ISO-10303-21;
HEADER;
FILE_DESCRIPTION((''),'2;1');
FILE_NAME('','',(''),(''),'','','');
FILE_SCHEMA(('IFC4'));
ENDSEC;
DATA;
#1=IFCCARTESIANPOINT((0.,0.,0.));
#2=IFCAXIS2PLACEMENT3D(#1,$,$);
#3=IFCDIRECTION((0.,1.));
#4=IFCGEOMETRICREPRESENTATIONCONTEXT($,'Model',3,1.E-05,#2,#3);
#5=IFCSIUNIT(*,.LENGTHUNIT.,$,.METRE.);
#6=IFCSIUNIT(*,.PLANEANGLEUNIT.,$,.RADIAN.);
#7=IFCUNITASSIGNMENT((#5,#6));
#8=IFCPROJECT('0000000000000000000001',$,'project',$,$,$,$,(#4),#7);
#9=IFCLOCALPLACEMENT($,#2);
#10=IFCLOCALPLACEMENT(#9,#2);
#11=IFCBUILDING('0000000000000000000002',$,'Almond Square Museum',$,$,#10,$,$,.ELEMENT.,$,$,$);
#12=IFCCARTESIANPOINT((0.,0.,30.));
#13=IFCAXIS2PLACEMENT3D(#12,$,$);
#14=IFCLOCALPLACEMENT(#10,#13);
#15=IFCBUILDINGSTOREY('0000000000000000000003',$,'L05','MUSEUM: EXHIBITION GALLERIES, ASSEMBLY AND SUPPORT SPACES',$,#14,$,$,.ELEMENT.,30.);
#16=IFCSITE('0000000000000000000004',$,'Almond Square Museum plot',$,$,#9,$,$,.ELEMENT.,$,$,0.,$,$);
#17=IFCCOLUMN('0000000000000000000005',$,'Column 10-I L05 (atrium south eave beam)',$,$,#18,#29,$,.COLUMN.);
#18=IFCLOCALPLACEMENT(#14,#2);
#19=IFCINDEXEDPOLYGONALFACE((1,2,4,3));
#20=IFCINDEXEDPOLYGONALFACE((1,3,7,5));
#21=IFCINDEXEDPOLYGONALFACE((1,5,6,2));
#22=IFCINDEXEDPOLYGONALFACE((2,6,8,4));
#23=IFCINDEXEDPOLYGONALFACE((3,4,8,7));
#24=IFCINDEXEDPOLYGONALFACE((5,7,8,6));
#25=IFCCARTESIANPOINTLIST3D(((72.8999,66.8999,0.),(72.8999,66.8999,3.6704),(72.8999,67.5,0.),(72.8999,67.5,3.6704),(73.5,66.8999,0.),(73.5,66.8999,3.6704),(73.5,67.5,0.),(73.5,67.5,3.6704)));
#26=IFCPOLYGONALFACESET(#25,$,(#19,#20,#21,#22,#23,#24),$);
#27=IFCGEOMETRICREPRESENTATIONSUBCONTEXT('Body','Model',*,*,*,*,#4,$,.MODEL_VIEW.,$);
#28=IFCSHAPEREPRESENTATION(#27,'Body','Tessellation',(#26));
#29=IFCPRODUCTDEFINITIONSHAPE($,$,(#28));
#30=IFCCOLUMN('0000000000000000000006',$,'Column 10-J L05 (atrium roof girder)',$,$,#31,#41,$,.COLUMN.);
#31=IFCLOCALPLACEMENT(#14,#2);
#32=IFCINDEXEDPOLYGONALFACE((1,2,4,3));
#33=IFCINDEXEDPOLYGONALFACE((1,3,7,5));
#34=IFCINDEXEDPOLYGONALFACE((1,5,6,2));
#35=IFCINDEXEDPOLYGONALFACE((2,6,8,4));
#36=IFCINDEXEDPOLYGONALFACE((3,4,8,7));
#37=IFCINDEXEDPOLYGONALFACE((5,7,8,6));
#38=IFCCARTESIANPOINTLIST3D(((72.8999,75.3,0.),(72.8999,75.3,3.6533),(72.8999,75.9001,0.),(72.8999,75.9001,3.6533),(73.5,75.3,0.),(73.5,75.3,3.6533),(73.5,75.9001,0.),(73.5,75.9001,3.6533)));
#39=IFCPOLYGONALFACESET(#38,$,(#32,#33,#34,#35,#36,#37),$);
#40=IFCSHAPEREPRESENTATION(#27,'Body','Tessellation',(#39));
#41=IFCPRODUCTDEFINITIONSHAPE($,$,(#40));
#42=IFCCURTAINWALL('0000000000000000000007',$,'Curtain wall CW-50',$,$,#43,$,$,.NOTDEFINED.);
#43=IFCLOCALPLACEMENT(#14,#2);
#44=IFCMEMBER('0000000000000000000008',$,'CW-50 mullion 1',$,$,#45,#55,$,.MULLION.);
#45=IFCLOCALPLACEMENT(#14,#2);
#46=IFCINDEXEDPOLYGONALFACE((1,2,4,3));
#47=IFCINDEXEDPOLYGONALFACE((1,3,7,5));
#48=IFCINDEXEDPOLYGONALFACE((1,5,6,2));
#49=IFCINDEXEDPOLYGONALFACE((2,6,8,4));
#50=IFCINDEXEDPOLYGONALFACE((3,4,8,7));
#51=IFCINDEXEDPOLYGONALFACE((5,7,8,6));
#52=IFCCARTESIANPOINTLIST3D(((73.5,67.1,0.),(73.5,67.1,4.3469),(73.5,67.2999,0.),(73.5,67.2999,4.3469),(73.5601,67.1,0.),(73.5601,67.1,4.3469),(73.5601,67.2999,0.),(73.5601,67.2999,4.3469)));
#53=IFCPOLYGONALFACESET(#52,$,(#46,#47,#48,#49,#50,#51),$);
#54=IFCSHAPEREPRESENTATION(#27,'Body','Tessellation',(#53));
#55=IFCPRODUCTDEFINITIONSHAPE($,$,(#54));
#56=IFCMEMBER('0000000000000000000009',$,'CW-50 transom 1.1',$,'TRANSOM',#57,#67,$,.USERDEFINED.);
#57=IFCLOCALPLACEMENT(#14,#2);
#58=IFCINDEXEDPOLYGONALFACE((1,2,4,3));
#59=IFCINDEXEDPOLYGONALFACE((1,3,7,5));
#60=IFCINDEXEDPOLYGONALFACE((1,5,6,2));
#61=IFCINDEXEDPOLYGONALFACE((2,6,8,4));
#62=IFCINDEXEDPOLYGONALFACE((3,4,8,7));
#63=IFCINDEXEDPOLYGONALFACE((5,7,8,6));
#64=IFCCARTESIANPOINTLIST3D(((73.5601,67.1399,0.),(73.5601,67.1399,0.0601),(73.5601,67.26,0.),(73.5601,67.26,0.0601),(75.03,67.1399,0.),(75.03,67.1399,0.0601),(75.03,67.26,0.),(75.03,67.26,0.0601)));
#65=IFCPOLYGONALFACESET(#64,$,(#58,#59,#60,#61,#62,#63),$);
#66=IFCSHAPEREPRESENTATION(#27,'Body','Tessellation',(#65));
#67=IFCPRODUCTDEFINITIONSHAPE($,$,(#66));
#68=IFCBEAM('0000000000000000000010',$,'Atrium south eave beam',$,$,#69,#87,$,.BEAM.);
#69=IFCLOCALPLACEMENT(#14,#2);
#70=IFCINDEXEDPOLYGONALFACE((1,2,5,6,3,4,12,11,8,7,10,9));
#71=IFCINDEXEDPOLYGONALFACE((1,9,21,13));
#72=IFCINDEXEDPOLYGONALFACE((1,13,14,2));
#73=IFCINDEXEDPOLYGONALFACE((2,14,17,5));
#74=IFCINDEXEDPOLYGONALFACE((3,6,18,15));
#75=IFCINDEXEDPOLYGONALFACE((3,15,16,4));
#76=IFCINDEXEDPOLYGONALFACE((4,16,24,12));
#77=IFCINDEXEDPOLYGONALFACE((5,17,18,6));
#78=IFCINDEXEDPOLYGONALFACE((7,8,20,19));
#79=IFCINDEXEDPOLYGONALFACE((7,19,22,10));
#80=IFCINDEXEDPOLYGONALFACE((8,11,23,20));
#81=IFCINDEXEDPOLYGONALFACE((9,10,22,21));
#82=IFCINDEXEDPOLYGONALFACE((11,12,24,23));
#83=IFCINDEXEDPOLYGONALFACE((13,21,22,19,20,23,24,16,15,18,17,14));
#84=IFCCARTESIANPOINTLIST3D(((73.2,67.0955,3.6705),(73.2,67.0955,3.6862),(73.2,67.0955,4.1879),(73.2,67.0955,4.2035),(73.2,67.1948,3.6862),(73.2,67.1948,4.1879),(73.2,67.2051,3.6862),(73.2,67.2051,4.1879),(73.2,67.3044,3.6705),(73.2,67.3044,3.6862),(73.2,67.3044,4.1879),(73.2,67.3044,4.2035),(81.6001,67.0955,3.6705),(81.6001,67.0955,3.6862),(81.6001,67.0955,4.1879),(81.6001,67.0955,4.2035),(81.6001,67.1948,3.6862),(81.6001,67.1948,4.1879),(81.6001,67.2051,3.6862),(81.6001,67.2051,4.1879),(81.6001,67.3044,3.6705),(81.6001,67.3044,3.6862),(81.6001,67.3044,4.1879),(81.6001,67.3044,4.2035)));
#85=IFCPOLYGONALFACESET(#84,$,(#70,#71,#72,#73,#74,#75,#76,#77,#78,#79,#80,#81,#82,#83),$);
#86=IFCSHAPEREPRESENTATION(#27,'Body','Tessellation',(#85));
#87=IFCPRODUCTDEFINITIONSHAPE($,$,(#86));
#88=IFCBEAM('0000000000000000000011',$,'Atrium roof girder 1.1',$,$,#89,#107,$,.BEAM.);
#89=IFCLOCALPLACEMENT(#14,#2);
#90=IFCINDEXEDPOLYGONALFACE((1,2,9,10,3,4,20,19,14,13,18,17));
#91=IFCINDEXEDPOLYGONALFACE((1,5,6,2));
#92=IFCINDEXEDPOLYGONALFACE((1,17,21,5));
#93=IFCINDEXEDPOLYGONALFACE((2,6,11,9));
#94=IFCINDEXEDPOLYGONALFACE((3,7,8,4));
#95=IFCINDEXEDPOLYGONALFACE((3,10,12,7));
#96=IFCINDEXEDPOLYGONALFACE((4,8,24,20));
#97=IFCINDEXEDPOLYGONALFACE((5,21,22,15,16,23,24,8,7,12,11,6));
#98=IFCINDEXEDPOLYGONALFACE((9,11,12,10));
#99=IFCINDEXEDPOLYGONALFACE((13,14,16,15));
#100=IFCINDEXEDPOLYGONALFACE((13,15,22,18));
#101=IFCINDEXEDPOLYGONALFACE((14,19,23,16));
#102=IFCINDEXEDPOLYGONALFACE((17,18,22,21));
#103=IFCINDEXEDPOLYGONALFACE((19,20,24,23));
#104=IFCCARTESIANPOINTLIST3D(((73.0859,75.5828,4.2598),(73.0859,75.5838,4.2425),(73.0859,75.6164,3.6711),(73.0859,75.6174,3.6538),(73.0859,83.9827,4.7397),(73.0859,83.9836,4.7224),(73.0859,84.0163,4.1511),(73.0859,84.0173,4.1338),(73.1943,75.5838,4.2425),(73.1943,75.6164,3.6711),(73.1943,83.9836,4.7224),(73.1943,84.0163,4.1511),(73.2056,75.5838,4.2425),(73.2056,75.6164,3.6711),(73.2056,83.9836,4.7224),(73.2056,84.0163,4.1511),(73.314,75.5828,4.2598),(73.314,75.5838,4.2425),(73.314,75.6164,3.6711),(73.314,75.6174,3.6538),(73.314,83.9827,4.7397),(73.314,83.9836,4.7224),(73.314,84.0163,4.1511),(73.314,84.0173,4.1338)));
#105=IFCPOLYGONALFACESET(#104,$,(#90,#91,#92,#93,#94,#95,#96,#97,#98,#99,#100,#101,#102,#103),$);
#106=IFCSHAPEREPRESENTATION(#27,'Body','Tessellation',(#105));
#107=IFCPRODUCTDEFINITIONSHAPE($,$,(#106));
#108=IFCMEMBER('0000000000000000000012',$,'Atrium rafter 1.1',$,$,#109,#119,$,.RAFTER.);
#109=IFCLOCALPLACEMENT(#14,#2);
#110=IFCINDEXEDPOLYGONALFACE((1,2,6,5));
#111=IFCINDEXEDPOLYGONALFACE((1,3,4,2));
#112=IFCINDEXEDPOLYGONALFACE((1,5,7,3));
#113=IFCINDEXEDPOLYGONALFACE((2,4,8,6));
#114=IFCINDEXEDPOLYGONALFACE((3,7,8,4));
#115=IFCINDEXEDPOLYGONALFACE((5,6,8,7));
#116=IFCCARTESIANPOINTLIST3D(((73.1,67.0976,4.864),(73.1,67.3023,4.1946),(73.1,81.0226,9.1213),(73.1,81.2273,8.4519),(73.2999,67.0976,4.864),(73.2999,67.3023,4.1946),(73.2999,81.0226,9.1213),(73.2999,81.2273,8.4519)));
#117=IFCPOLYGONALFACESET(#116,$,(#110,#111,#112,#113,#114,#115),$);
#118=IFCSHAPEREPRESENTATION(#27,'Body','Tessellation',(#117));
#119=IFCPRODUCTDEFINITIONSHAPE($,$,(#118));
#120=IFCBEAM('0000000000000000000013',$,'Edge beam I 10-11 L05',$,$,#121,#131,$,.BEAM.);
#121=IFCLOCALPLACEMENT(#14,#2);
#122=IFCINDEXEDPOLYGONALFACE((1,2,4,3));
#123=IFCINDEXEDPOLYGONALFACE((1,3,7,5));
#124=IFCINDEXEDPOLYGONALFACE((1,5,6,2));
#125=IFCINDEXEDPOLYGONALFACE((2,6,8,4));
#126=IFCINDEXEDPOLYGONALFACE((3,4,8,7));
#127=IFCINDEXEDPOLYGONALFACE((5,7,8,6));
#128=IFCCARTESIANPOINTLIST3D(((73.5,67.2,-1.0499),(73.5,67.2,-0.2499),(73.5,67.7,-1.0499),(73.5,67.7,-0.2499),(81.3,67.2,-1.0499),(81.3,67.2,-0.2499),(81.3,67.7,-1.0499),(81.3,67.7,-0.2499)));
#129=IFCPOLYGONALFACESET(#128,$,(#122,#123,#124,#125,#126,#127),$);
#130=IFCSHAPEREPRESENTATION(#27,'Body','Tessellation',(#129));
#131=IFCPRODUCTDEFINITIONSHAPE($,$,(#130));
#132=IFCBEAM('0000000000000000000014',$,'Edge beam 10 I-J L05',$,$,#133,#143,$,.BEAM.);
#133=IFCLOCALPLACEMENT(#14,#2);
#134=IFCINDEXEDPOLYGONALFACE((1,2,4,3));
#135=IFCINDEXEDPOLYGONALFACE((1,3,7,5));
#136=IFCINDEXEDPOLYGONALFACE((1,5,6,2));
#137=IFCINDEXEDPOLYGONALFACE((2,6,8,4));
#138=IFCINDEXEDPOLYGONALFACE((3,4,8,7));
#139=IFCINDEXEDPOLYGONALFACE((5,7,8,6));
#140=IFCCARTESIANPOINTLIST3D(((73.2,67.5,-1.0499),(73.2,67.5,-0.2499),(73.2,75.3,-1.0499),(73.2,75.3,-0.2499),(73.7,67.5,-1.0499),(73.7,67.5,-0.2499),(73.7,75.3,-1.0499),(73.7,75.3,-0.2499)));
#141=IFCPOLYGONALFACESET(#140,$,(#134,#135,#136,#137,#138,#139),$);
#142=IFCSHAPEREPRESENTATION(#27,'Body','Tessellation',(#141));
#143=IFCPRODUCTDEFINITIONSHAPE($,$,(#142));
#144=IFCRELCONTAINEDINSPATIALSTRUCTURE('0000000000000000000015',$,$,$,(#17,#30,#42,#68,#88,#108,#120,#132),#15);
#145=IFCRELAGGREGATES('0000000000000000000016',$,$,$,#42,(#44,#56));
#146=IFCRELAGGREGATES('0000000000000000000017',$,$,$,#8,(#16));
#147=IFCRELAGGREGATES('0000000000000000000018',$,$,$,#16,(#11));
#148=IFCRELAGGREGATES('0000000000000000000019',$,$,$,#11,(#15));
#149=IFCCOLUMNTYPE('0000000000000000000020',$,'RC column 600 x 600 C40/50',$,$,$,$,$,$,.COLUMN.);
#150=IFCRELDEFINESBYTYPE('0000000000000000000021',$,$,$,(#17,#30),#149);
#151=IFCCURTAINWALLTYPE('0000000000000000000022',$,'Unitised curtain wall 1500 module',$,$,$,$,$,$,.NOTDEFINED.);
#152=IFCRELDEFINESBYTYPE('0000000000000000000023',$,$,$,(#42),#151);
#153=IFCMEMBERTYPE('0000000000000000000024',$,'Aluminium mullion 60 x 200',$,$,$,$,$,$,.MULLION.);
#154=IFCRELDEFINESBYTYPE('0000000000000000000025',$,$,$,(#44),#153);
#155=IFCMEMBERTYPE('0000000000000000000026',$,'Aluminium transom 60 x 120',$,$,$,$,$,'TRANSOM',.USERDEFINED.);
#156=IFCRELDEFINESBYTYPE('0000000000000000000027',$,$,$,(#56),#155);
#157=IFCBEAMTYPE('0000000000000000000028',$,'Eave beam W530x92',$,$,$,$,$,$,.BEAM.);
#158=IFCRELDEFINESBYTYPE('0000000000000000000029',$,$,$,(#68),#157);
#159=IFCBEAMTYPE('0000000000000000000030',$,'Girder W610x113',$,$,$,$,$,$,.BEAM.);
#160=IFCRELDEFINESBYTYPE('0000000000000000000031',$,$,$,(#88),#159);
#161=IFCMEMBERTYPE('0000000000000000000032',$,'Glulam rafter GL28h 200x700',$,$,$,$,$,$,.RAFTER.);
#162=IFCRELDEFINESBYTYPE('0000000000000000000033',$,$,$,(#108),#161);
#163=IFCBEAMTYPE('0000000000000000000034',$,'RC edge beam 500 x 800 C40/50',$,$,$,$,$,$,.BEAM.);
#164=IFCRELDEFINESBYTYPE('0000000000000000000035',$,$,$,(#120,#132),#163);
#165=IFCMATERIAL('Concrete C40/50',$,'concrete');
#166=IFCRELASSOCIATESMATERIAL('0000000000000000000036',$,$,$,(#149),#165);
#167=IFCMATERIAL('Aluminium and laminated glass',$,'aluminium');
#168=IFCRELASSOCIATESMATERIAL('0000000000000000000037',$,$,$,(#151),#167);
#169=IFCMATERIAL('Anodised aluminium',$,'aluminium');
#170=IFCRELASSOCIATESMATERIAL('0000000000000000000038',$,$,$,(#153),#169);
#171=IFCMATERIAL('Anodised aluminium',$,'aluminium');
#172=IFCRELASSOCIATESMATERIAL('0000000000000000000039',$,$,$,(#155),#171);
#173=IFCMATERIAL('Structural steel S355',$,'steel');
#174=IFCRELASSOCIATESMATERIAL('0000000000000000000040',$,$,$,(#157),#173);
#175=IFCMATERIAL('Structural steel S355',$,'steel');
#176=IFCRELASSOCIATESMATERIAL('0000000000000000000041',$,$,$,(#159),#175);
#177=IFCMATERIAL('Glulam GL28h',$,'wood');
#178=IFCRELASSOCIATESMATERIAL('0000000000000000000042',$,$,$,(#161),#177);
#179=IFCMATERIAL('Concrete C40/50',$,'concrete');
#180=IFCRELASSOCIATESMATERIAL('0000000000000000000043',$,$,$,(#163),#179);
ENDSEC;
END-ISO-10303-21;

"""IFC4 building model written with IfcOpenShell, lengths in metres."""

from ifc_helpers import new_model, si_unit, direction, frame, origin, origin_2d, place, context, subcontext, project, spatial, rectangle, i_section, extrude, material, material_profile, profile_set, type_object, element, aggregate, save


model = new_model("IFC4")

# Units and contexts
model_context = context("Model", 3, precision=1e-05, world=origin(), true_north=direction((0.0, 1.0)))
body_context = subcontext(model_context, "Body", "Model", "MODEL_VIEW")
ifc_project = project(units=[si_unit("LENGTHUNIT", "METRE"), si_unit("PLANEANGLEUNIT", "RADIAN")], contexts=[model_context])

# Site, building, storey
site_placement = place(None, origin())
site = spatial("IfcSite", under=ifc_project, at=site_placement, Name="Almond Square Museum plot", CompositionType="ELEMENT", RefElevation=0.0)
building_placement = place(site_placement, origin())
building = spatial("IfcBuilding", under=site, at=building_placement, Name="Almond Square Museum", CompositionType="ELEMENT")
storey_placement = place(building_placement, frame((0.0, 0.0, 30.0)))
storey = spatial("IfcBuildingStorey", under=building, at=storey_placement, Name="L05", Description="MUSEUM: EXHIBITION GALLERIES, ASSEMBLY AND SUPPORT SPACES", CompositionType="ELEMENT", Elevation=30.0)

# Columns
ifc_material_1 = material(Name="Concrete C40/50", Category="concrete")
ifc_material_profile_1 = material_profile(ifc_material_1, rectangle(XDim=0.6001, YDim=0.6001, at=origin_2d()))
ifc_profile_set_1 = profile_set([ifc_material_profile_1], Name="Concrete C40/50")
column_type = type_object("IfcColumnType", Name="RC column 600 x 600 C40/50", PredefinedType="COLUMN", material=ifc_profile_set_1)
column_1_placement = place(storey_placement, frame((73.2, 67.2, 0.0), z_axis=(0.0, 0.0, 1.0), x_axis=(1.0, 0.0, 0.0)))
element("IfcColumn", 1, at=column_1_placement, inside=storey, type_object=column_type, Name="Column 10-I L05 (atrium south eave beam)", PredefinedType="COLUMN", context=body_context, shape_type="SweptSolid", body=[
    extrude(rectangle(XDim=0.6001, YDim=0.6001, at=origin_2d()), origin(), (0.0, 0.0, 1.0), 3.6704),
])
column_2_placement = place(storey_placement, frame((73.2, 75.6001, 0.0), z_axis=(0.0, 0.0, 1.0), x_axis=(1.0, 0.0, 0.0)))
element("IfcColumn", 2, at=column_2_placement, inside=storey, type_object=column_type, Name="Column 10-J L05 (atrium roof girder)", PredefinedType="COLUMN", context=body_context, shape_type="SweptSolid", body=[
    extrude(rectangle(XDim=0.6001, YDim=0.6001, at=origin_2d()), origin(), (0.0, 0.0, 1.0), 3.6533),
])

# Curtain wall, members
ifc_material_2 = material(Name="Aluminium and laminated glass", Category="aluminium")
curtain_wall_type = type_object("IfcCurtainWallType", Name="Unitised curtain wall 1500 module", PredefinedType="NOTDEFINED", material=ifc_material_2)
curtain_wall_placement = place(storey_placement, origin())
curtain_wall = element("IfcCurtainWall", 3, at=curtain_wall_placement, inside=storey, type_object=curtain_wall_type, Name="Curtain wall CW-50", PredefinedType="NOTDEFINED")
ifc_material_3 = material(Name="Anodised aluminium", Category="aluminium")
ifc_material_profile_2 = material_profile(ifc_material_3, rectangle(XDim=0.2, YDim=0.0601, at=origin_2d()))
ifc_profile_set_2 = profile_set([ifc_material_profile_2], Name="Anodised aluminium")
member_type_1 = type_object("IfcMemberType", Name="Aluminium mullion 60 x 200", PredefinedType="MULLION", material=ifc_profile_set_2)
member_1_placement = place(storey_placement, frame((73.53, 67.2, 0.0), z_axis=(0.0, 0.0, 1.0), x_axis=(0.0, 1.0, 0.0)))
member_1 = element("IfcMember", 4, at=member_1_placement, type_object=member_type_1, Name="CW-50 mullion 1", PredefinedType="MULLION", context=body_context, shape_type="SweptSolid", body=[
    extrude(rectangle(XDim=0.2, YDim=0.0601, at=origin_2d()), origin(), (0.0, 0.0, 1.0), 4.3469),
])
ifc_material_4 = material(Name="Anodised aluminium", Category="aluminium")
ifc_material_profile_3 = material_profile(ifc_material_4, rectangle(XDim=0.1201, YDim=0.0601, at=origin_2d()))
ifc_profile_set_3 = profile_set([ifc_material_profile_3], Name="Anodised aluminium")
member_type_2 = type_object("IfcMemberType", Name="Aluminium transom 60 x 120", ElementType="TRANSOM", PredefinedType="USERDEFINED", material=ifc_profile_set_3)
member_2_placement = place(storey_placement, frame((73.5601, 67.2, 0.03), z_axis=(1.0, 0.0, 0.0), x_axis=(0.0, 1.0, 0.0)))
member_2 = element("IfcMember", 5, at=member_2_placement, type_object=member_type_2, Name="CW-50 transom 1.1", ObjectType="TRANSOM", PredefinedType="USERDEFINED", context=body_context, shape_type="SweptSolid", body=[
    extrude(rectangle(XDim=0.1201, YDim=0.0601, at=origin_2d()), origin(), (0.0, 0.0, 1.0), 1.47),
])
aggregate(curtain_wall, [member_1, member_2])

# Beams
ifc_material_5 = material(Name="Structural steel S355", Category="steel")
ifc_material_profile_4 = material_profile(ifc_material_5, i_section(OverallWidth=0.209, OverallDepth=0.533, WebThickness=0.0103, FlangeThickness=0.0156, at=origin_2d()))
ifc_profile_set_4 = profile_set([ifc_material_profile_4], Name="Structural steel S355")
beam_type_1 = type_object("IfcBeamType", Name="Eave beam W530x92", PredefinedType="BEAM", material=ifc_profile_set_4)
beam_1_placement = place(storey_placement, frame((73.2, 67.2, 3.937), z_axis=(1.0, 0.0, 0.0), x_axis=(0.0, 1.0, 0.0)))
element("IfcBeam", 6, at=beam_1_placement, inside=storey, type_object=beam_type_1, Name="Atrium south eave beam", PredefinedType="BEAM", context=body_context, shape_type="SweptSolid", body=[
    extrude(i_section(OverallWidth=0.209, OverallDepth=0.533, WebThickness=0.0103, FlangeThickness=0.0156, at=origin_2d()), origin(), (0.0, 0.0, 1.0), 8.4001),
])
ifc_material_6 = material(Name="Structural steel S355", Category="steel")
ifc_material_profile_5 = material_profile(ifc_material_6, i_section(OverallWidth=0.228, OverallDepth=0.6069, WebThickness=0.0112, FlangeThickness=0.0173, at=origin_2d()))
ifc_profile_set_5 = profile_set([ifc_material_profile_5], Name="Structural steel S355")
beam_type_2 = type_object("IfcBeamType", Name="Girder W610x113", PredefinedType="BEAM", material=ifc_profile_set_5)
beam_2_placement = place(storey_placement, frame((73.2, 75.6001, 3.9568), z_axis=(0.0, 0.998371, 0.057048), x_axis=(-1.0, 0.0, 0.0)))
element("IfcBeam", 7, at=beam_2_placement, inside=storey, type_object=beam_type_2, Name="Atrium roof girder 1.1", PredefinedType="BEAM", context=body_context, shape_type="SweptSolid", body=[
    extrude(i_section(OverallWidth=0.228, OverallDepth=0.6069, WebThickness=0.0112, FlangeThickness=0.0173, at=origin_2d()), origin(), (0.0, 0.0, 1.0), 8.4136),
])

# Member
ifc_material_7 = material(Name="Glulam GL28h", Category="wood")
ifc_material_profile_6 = material_profile(ifc_material_7, rectangle(XDim=0.2, YDim=0.7, at=origin_2d()))
ifc_profile_set_6 = profile_set([ifc_material_profile_6], Name="Glulam GL28h")
member_type_3 = type_object("IfcMemberType", Name="Glulam rafter GL28h 200x700", PredefinedType="RAFTER", material=ifc_profile_set_6)
member_3_placement = place(storey_placement, frame((73.2, 67.2, 4.5293), z_axis=(0.0, 0.956305, 0.292372), x_axis=(-1.0, 0.0, 0.0)))
element("IfcMember", 8, at=member_3_placement, inside=storey, type_object=member_type_3, Name="Atrium rafter 1.1", PredefinedType="RAFTER", context=body_context, shape_type="SweptSolid", body=[
    extrude(rectangle(XDim=0.2, YDim=0.7, at=origin_2d()), origin(), (0.0, 0.0, 1.0), 14.5613),
])

# Beams
ifc_material_8 = material(Name="Concrete C40/50", Category="concrete")
ifc_material_profile_7 = material_profile(ifc_material_8, rectangle(XDim=0.5, YDim=0.8, at=origin_2d()))
ifc_profile_set_7 = profile_set([ifc_material_profile_7], Name="Concrete C40/50")
beam_type_3 = type_object("IfcBeamType", Name="RC edge beam 500 x 800 C40/50", PredefinedType="BEAM", material=ifc_profile_set_7)
for number, where, z_axis, x_axis, name in (
    (9, (73.5, 67.45, -0.6499), (1.0, 0.0, 0.0), (0.0, 1.0, 0.0), "Edge beam I 10-11 L05"),
    (10, (73.45, 67.5, -0.6499), (0.0, 1.0, 0.0), (-1.0, 0.0, 0.0), "Edge beam 10 I-J L05"),
):
    element("IfcBeam", number, at=place(storey_placement, frame(where, z_axis=z_axis, x_axis=x_axis)), inside=storey, type_object=beam_type_3, Name=name, PredefinedType="BEAM", context=body_context, shape_type="SweptSolid", body=[
        extrude(rectangle(XDim=0.5, YDim=0.8, at=origin_2d()), origin(), (0.0, 0.0, 1.0), 7.8),
    ])

save(model, "model.ifc")
